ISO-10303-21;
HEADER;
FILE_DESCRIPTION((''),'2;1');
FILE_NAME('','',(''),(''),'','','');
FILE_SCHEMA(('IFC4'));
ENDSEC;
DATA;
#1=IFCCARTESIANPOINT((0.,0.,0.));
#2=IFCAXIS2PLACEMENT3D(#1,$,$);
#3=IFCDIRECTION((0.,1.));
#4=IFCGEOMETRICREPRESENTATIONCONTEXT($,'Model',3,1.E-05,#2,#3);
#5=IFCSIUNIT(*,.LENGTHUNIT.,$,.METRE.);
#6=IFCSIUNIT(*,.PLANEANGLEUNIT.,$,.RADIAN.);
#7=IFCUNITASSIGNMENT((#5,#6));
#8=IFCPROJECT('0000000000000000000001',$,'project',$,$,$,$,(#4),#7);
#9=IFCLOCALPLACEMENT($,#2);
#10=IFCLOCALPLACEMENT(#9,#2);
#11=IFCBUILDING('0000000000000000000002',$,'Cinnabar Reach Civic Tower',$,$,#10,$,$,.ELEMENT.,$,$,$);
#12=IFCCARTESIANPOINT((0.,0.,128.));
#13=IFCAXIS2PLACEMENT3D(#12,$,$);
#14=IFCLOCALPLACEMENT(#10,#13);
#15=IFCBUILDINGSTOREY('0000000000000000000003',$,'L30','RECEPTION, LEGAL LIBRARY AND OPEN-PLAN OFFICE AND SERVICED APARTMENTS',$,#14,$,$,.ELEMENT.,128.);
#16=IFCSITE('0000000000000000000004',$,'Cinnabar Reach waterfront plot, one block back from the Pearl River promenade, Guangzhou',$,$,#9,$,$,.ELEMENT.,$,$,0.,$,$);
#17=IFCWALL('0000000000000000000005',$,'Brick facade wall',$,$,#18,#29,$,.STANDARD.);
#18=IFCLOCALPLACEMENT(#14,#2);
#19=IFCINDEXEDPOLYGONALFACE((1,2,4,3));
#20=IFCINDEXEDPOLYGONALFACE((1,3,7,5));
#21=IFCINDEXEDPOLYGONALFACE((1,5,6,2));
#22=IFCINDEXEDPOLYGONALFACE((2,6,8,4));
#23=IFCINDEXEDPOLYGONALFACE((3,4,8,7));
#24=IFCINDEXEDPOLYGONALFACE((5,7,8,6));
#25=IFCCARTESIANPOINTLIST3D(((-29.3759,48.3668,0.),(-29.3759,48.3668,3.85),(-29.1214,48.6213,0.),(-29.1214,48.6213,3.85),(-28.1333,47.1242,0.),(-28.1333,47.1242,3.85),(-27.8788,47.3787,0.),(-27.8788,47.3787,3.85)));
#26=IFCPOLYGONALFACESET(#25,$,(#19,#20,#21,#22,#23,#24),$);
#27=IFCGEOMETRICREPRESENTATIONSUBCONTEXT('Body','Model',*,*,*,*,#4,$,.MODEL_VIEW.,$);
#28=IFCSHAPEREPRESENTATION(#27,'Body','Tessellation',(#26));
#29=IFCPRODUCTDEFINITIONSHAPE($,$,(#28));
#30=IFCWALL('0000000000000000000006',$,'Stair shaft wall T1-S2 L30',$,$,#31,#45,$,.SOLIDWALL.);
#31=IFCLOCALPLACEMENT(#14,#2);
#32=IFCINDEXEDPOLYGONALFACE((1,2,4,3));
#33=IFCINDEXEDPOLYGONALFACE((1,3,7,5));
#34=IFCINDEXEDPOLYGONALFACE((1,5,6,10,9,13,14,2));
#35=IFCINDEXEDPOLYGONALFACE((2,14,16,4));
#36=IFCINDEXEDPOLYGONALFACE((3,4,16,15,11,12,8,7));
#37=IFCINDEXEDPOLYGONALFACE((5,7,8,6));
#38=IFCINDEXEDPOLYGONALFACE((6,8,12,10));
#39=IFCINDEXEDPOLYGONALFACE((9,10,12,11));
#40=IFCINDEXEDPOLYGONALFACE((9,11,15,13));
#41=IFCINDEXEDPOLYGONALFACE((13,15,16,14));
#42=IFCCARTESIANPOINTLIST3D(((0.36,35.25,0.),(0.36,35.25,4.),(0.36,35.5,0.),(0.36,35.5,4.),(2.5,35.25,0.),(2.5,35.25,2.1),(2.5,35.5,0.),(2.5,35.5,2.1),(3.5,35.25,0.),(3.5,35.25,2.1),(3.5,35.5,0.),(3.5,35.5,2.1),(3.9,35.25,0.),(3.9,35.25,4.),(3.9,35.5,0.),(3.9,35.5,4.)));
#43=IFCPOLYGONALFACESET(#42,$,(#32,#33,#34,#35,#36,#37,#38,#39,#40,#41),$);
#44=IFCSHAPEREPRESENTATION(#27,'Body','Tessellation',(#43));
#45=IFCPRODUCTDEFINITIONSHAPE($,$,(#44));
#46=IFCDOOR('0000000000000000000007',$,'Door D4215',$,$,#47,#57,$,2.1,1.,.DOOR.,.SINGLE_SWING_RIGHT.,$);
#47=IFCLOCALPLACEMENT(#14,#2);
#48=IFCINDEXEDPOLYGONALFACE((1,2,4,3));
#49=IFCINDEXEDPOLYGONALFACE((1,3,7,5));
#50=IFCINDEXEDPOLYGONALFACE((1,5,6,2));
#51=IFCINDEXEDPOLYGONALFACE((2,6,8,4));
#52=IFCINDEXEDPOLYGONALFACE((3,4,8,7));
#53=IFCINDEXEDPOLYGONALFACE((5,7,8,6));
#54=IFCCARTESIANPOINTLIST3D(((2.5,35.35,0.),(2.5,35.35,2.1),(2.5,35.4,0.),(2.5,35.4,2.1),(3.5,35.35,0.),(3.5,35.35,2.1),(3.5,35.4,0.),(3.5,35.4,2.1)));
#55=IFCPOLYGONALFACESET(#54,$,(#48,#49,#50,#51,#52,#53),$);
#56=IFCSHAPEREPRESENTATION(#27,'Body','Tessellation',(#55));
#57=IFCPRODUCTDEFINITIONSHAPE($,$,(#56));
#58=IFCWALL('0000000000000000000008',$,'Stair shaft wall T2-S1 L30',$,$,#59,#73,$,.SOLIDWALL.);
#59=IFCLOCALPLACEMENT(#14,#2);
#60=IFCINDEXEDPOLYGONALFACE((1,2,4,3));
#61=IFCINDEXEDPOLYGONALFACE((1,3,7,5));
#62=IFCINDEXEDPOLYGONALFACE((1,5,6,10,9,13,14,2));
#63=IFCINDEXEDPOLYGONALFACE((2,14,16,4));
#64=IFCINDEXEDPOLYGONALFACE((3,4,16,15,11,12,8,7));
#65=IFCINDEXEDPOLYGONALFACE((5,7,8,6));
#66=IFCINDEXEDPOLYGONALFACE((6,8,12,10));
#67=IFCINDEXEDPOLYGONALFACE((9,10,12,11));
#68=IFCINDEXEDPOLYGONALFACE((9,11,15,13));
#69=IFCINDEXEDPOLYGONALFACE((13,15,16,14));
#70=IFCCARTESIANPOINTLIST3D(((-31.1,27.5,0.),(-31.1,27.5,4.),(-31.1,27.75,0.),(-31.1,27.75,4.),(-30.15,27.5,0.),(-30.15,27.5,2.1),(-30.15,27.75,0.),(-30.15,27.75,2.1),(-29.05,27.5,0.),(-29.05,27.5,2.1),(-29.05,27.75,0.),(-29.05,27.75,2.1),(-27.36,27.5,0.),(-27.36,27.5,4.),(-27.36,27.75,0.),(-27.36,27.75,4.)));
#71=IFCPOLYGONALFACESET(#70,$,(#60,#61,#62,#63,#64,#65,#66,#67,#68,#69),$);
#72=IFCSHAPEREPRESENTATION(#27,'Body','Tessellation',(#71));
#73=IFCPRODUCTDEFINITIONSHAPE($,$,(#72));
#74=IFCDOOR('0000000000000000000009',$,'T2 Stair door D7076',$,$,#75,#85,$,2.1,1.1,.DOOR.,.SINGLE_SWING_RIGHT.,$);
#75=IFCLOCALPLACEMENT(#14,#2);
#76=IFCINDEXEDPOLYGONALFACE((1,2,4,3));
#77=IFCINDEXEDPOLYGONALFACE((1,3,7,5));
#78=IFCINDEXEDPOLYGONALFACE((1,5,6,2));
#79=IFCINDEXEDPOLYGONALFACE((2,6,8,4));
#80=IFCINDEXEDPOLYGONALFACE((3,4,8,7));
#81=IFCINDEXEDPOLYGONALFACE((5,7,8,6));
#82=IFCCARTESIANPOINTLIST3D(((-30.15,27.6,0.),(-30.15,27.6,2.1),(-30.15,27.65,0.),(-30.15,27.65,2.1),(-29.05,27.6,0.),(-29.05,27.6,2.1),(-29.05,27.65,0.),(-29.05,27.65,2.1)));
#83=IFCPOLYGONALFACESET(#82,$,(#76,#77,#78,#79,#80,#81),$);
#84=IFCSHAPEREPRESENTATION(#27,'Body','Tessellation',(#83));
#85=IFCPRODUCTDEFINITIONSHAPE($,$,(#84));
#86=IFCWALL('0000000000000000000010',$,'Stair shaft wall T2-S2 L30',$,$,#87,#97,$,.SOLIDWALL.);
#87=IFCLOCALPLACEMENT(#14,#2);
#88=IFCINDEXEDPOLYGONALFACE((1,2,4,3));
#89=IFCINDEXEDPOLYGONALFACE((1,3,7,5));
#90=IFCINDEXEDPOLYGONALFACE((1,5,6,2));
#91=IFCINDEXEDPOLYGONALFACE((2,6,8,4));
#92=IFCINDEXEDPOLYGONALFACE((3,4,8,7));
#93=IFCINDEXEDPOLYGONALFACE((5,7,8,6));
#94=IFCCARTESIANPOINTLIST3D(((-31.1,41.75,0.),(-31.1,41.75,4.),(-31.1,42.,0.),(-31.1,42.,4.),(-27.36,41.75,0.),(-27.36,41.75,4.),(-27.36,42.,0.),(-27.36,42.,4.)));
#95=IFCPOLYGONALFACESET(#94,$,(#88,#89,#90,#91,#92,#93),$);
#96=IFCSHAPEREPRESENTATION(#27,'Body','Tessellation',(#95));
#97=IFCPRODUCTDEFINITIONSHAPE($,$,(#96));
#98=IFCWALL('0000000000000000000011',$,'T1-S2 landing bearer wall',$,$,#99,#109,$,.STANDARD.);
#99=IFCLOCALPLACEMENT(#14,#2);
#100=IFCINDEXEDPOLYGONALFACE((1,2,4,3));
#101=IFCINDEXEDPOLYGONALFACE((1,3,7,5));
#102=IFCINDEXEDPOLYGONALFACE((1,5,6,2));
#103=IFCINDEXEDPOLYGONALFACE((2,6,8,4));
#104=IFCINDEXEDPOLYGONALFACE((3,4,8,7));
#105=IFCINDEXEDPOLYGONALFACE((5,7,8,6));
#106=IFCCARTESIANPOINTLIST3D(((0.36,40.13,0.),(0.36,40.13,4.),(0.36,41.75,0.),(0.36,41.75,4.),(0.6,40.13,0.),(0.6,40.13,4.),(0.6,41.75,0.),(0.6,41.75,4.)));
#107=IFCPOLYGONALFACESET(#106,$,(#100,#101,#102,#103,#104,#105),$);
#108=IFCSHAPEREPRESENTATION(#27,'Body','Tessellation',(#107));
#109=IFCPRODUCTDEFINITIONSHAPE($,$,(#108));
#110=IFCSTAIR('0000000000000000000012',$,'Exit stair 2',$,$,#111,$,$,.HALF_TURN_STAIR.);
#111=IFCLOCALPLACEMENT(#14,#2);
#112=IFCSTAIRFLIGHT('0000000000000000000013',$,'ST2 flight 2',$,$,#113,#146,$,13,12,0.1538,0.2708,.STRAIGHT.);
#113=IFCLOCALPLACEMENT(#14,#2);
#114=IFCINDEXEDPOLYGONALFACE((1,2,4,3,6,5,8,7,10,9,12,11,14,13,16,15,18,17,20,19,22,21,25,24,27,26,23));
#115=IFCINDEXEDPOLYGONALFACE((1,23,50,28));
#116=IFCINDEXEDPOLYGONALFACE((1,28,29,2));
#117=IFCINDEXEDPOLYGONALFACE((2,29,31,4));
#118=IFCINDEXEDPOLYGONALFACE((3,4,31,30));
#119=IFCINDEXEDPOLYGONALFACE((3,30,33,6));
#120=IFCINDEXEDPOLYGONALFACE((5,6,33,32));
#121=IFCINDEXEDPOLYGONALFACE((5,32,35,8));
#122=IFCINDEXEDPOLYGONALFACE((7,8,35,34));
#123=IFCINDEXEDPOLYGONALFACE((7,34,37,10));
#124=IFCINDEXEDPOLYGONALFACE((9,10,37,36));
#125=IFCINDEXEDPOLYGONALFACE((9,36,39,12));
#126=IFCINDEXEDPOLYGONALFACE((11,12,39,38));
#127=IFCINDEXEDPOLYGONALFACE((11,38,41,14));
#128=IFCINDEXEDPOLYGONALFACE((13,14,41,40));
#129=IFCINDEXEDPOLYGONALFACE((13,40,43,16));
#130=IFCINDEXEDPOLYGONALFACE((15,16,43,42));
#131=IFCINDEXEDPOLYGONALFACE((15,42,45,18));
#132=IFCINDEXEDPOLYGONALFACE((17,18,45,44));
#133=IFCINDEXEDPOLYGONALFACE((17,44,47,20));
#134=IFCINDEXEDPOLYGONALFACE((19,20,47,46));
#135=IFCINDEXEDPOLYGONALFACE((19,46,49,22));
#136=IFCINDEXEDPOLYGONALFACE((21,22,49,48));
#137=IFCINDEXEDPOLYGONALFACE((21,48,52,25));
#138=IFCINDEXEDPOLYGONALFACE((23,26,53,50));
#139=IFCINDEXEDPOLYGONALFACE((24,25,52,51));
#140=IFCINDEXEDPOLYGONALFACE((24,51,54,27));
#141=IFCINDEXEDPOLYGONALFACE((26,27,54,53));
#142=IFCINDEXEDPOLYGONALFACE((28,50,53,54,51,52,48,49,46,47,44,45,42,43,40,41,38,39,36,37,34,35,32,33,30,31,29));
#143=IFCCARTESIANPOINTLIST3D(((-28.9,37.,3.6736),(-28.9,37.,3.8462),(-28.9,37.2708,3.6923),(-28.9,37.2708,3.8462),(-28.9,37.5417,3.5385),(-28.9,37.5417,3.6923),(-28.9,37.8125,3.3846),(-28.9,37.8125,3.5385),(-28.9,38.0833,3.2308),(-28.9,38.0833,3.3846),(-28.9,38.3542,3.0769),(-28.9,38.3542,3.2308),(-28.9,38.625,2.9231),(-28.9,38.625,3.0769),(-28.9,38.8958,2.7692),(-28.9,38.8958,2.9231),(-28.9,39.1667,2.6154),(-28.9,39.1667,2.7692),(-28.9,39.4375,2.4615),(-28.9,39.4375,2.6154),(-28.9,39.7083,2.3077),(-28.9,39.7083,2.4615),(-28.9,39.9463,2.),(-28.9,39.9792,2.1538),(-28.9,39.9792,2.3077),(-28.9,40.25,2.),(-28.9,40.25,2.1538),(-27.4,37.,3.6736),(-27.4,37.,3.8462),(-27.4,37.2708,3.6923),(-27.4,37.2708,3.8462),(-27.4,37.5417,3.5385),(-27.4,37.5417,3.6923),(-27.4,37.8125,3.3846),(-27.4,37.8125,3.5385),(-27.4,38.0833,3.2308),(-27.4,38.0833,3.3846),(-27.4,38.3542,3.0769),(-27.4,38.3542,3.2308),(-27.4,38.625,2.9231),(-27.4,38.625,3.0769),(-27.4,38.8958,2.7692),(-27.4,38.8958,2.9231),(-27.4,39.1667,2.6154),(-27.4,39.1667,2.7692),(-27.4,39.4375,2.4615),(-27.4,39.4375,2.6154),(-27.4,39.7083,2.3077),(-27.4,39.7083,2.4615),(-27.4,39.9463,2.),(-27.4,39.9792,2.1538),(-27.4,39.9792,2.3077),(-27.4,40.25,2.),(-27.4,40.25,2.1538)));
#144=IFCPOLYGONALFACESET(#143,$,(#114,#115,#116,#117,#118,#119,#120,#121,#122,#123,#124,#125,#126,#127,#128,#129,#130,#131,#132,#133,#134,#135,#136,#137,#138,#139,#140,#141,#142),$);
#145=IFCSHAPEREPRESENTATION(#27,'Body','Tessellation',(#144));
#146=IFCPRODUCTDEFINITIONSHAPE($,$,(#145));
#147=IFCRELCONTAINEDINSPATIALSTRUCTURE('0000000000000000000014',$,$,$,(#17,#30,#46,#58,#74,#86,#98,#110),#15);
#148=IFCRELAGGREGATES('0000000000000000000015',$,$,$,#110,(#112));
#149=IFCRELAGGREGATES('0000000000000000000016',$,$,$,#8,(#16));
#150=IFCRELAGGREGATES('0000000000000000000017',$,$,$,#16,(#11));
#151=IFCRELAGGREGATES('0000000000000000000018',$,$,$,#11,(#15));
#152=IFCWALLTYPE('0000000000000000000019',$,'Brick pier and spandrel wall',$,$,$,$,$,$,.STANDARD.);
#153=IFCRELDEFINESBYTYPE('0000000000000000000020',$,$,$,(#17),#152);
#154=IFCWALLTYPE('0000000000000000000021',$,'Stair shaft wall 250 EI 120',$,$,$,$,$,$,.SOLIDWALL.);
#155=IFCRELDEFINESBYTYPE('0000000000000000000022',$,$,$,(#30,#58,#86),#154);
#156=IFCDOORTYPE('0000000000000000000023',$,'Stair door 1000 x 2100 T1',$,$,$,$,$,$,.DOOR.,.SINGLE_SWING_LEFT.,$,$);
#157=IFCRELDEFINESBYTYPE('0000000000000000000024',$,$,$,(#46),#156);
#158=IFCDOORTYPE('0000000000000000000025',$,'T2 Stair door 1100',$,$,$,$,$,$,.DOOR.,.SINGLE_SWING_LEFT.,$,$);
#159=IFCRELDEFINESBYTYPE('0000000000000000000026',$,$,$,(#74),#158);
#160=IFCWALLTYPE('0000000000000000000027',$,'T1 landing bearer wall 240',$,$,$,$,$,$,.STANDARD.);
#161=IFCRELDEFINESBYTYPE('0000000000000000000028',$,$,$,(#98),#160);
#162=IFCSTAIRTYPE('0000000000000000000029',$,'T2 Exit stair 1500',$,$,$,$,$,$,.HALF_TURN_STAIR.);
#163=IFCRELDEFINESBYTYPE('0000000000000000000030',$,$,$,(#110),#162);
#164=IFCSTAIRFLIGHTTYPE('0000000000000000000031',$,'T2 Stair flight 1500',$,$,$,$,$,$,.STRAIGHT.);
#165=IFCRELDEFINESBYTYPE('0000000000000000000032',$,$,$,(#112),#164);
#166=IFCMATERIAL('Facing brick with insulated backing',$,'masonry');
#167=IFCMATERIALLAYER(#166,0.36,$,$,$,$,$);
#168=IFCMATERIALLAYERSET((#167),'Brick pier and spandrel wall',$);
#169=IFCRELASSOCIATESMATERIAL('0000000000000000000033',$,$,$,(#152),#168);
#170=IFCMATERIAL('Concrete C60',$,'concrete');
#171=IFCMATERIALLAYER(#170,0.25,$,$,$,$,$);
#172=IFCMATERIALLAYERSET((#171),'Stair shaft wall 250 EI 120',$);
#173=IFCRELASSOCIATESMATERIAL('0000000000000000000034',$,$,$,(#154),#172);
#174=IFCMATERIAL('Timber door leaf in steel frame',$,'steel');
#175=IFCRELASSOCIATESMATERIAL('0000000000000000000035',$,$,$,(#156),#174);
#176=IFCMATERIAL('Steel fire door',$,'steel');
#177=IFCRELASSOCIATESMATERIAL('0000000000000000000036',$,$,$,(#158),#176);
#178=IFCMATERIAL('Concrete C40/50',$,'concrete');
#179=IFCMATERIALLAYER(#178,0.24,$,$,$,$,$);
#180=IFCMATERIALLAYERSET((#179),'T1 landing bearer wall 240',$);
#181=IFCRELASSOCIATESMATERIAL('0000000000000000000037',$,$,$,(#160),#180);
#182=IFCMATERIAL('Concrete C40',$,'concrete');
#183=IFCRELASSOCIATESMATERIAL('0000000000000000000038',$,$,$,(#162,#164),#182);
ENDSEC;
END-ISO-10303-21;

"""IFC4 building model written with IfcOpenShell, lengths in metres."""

from ifc_helpers import new_model, si_unit, direction, frame, frame_2d, origin, place, context, subcontext, project, spatial, polyline, rectangle, outline, extrude, material, layer, layer_set, type_object, element, fill, aggregate, save


model = new_model("IFC4")

# Units and contexts
model_context = context("Model", 3, precision=1e-05, world=origin(), true_north=direction((0.0, 1.0)))
body_context = subcontext(model_context, "Body", "Model", "MODEL_VIEW")
ifc_project = project(units=[si_unit("LENGTHUNIT", "METRE"), si_unit("PLANEANGLEUNIT", "RADIAN")], contexts=[model_context])

# Site, building, storey
site_placement = place(None, origin())
site = spatial("IfcSite", under=ifc_project, at=site_placement, Name="Cinnabar Reach waterfront plot, one block back from the Pearl River promenade, Guangzhou", CompositionType="ELEMENT", RefElevation=0.0)
building_placement = place(site_placement, origin())
building = spatial("IfcBuilding", under=site, at=building_placement, Name="Cinnabar Reach Civic Tower", CompositionType="ELEMENT")
storey_placement = place(building_placement, frame((0.0, 0.0, 128.0)))
storey = spatial("IfcBuildingStorey", under=building, at=storey_placement, Name="L30", Description="RECEPTION, LEGAL LIBRARY AND OPEN-PLAN OFFICE AND SERVICED APARTMENTS", CompositionType="ELEMENT", Elevation=128.0)

# Shared definitions
ifc_material_1 = material(Name="Concrete C60", Category="concrete")

# Shared definitions
ifc_material_2 = material(Name="Concrete C40", Category="concrete")

# Shared definitions
ifc_material_3 = material(Name="Facing brick with insulated backing", Category="masonry")
ifc_layer_1 = layer(ifc_material_3, 0.36)
ifc_layer_set_1 = layer_set([ifc_layer_1], Name="Brick pier and spandrel wall")
wall_type_1 = type_object("IfcWallType", Name="Brick pier and spandrel wall", PredefinedType="STANDARD", material=ifc_layer_set_1)

# Wall
wall_1_placement = place(storey_placement, frame((-28.006, 47.2514, 0.0), z_axis=(0.0, 0.0, 1.0), x_axis=(-0.707107, 0.707107, 0.0)))
element("IfcWall", 1, at=wall_1_placement, inside=storey, type_object=wall_type_1, Name="Brick facade wall", PredefinedType="STANDARD", context=body_context, shape_type="SweptSolid", body=[
    extrude(rectangle(XDim=1.7573, YDim=0.36, at=frame_2d((0.8787, 0.0))), origin(), (0.0, 0.0, 1.0), 3.85),
])

# Walls, openings, doors
ifc_layer_2 = layer(ifc_material_1, 0.25)
ifc_layer_set_2 = layer_set([ifc_layer_2], Name="Stair shaft wall 250 EI 120")
wall_type_2 = type_object("IfcWallType", Name="Stair shaft wall 250 EI 120", PredefinedType="SOLIDWALL", material=ifc_layer_set_2)
wall_2_placement = place(storey_placement, frame((0.36, 35.375, 0.0), z_axis=(0.0, 0.0, 1.0), x_axis=(1.0, 0.0, 0.0)))
wall_2 = element("IfcWall", 2, at=wall_2_placement, inside=storey, type_object=wall_type_2, Name="Stair shaft wall T1-S2 L30", PredefinedType="SOLIDWALL", context=body_context, shape_type="SweptSolid", body=[
    extrude(rectangle(XDim=3.54, YDim=0.25, at=frame_2d((1.77, 0.0))), origin(), (0.0, 0.0, 1.0), 4.0),
])
opening_1_placement = place(wall_2_placement, frame((2.14, 0.0, 0.0)))
opening_1 = element("IfcOpeningElement", 3, at=opening_1_placement, cuts=wall_2, PredefinedType="OPENING", context=body_context, shape_type="SweptSolid", body=[
    extrude(rectangle(XDim=1.0, YDim=2.1, at=frame_2d((0.5, 1.05))), frame((0.0, 0.135, 0.0), z_axis=(0.0, -1.0, 0.0), x_axis=(1.0, 0.0, 0.0)), (0.0, 0.0, 1.0), 0.27),
])
ifc_material_4 = material(Name="Timber door leaf in steel frame", Category="steel")
door_type_1 = type_object("IfcDoorType", Name="Stair door 1000 x 2100 T1", OperationType="SINGLE_SWING_LEFT", PredefinedType="DOOR", material=ifc_material_4)
door_1_placement = place(opening_1_placement, origin())
door_1 = element("IfcDoor", 4, at=door_1_placement, inside=storey, type_object=door_type_1, Name="Door D4215", OperationType="SINGLE_SWING_RIGHT", OverallHeight=2.1, OverallWidth=1.0, PredefinedType="DOOR", context=body_context, shape_type="SweptSolid", body=[
    extrude(rectangle(XDim=1.0, YDim=2.1, at=frame_2d((0.5, 1.05))), frame((0.0, 0.025, 0.0), z_axis=(0.0, -1.0, 0.0), x_axis=(1.0, 0.0, 0.0)), (0.0, 0.0, 1.0), 0.05),
])
fill(opening_1, door_1)
wall_3_placement = place(storey_placement, frame((-27.36, 27.625, 0.0), z_axis=(0.0, 0.0, 1.0), x_axis=(-1.0, 0.0, 0.0)))
wall_3 = element("IfcWall", 5, at=wall_3_placement, inside=storey, type_object=wall_type_2, Name="Stair shaft wall T2-S1 L30", PredefinedType="SOLIDWALL", context=body_context, shape_type="SweptSolid", body=[
    extrude(rectangle(XDim=3.74, YDim=0.25, at=frame_2d((1.87, 0.0))), origin(), (0.0, 0.0, 1.0), 4.0),
])
opening_2_placement = place(wall_3_placement, frame((1.69, 0.0, 0.0)))
opening_2 = element("IfcOpeningElement", 6, at=opening_2_placement, cuts=wall_3, PredefinedType="OPENING", context=body_context, shape_type="SweptSolid", body=[
    extrude(rectangle(XDim=1.1, YDim=2.1, at=frame_2d((0.55, 1.05))), frame((0.0, 0.135, 0.0), z_axis=(0.0, -1.0, 0.0), x_axis=(1.0, 0.0, 0.0)), (0.0, 0.0, 1.0), 0.27),
])
ifc_material_5 = material(Name="Steel fire door", Category="steel")
door_type_2 = type_object("IfcDoorType", Name="T2 Stair door 1100", OperationType="SINGLE_SWING_LEFT", PredefinedType="DOOR", material=ifc_material_5)
door_2_placement = place(opening_2_placement, origin())
door_2 = element("IfcDoor", 7, at=door_2_placement, inside=storey, type_object=door_type_2, Name="T2 Stair door D7076", OperationType="SINGLE_SWING_RIGHT", OverallHeight=2.1, OverallWidth=1.1, PredefinedType="DOOR", context=body_context, shape_type="SweptSolid", body=[
    extrude(rectangle(XDim=1.1, YDim=2.1, at=frame_2d((0.55, 1.05))), frame((0.0, 0.025, 0.0), z_axis=(0.0, -1.0, 0.0), x_axis=(1.0, 0.0, 0.0)), (0.0, 0.0, 1.0), 0.05),
])
fill(opening_2, door_2)

# Walls
wall_4_placement = place(storey_placement, frame((-27.36, 41.875, 0.0), z_axis=(0.0, 0.0, 1.0), x_axis=(-1.0, 0.0, 0.0)))
element("IfcWall", 8, at=wall_4_placement, inside=storey, type_object=wall_type_2, Name="Stair shaft wall T2-S2 L30", PredefinedType="SOLIDWALL", context=body_context, shape_type="SweptSolid", body=[
    extrude(rectangle(XDim=3.74, YDim=0.25, at=frame_2d((1.87, 0.0))), origin(), (0.0, 0.0, 1.0), 4.0),
])
ifc_material_6 = material(Name="Concrete C40/50", Category="concrete")
ifc_layer_3 = layer(ifc_material_6, 0.24)
ifc_layer_set_3 = layer_set([ifc_layer_3], Name="T1 landing bearer wall 240")
wall_type_3 = type_object("IfcWallType", Name="T1 landing bearer wall 240", PredefinedType="STANDARD", material=ifc_layer_set_3)
wall_5_placement = place(storey_placement, frame((0.48, 40.13, 0.0), z_axis=(0.0, 0.0, 1.0), x_axis=(0.0, 1.0, 0.0)))
element("IfcWall", 9, at=wall_5_placement, inside=storey, type_object=wall_type_3, Name="T1-S2 landing bearer wall", PredefinedType="STANDARD", context=body_context, shape_type="SweptSolid", body=[
    extrude(rectangle(XDim=1.62, YDim=0.24, at=frame_2d((0.81, 0.0))), origin(), (0.0, 0.0, 1.0), 4.0),
])

# Stair, stair flight
stair_type = type_object("IfcStairType", Name="T2 Exit stair 1500", PredefinedType="HALF_TURN_STAIR", material=ifc_material_2)
stair_placement = place(storey_placement, origin())
stair = element("IfcStair", 10, at=stair_placement, inside=storey, type_object=stair_type, Name="Exit stair 2", PredefinedType="HALF_TURN_STAIR")
stair_flight_type = type_object("IfcStairFlightType", Name="T2 Stair flight 1500", PredefinedType="STRAIGHT", material=ifc_material_2)
stair_flight_placement = place(storey_placement, frame((-28.15, 40.25, 2.0), z_axis=(0.0, 0.0, 1.0), x_axis=(0.0, -1.0, 0.0)))
stair_flight = element("IfcStairFlight", 11, at=stair_flight_placement, type_object=stair_flight_type, Name="ST2 flight 2", NumberOfRisers=13, NumberOfTreads=12, PredefinedType="STRAIGHT", RiserHeight=0.1538, TreadLength=0.2708, context=body_context, shape_type="SweptSolid", body=[
    extrude(outline(polyline([(0.0, 0.0), (0.0, 0.1538), (0.2708, 0.1538), (0.2708, 0.3077), (0.5417, 0.3077), (0.5417, 0.4615), (0.8125, 0.4615), (0.8125, 0.6154), (1.0833, 0.6154), (1.0833, 0.7692), (1.3542, 0.7692), (1.3542, 0.9231), (1.625, 0.9231), (1.625, 1.0769), (1.8958, 1.0769), (1.8958, 1.2308), (2.1667, 1.2308), (2.1667, 1.3846), (2.4375, 1.3846), (2.4375, 1.5385), (2.7083, 1.5385), (2.7083, 1.6923), (2.9792, 1.6923), (2.9792, 1.8462), (3.25, 1.8462), (3.25, 2.0), (3.25, 1.6736), (0.3037, 0.0), (0.0, 0.0)])), frame((0.0, 0.75, 0.0), z_axis=(0.0, -1.0, 0.0), x_axis=(1.0, 0.0, 0.0)), (0.0, 0.0, 1.0), 1.5),
])
aggregate(stair, [stair_flight])

save(model, "model.ifc")
